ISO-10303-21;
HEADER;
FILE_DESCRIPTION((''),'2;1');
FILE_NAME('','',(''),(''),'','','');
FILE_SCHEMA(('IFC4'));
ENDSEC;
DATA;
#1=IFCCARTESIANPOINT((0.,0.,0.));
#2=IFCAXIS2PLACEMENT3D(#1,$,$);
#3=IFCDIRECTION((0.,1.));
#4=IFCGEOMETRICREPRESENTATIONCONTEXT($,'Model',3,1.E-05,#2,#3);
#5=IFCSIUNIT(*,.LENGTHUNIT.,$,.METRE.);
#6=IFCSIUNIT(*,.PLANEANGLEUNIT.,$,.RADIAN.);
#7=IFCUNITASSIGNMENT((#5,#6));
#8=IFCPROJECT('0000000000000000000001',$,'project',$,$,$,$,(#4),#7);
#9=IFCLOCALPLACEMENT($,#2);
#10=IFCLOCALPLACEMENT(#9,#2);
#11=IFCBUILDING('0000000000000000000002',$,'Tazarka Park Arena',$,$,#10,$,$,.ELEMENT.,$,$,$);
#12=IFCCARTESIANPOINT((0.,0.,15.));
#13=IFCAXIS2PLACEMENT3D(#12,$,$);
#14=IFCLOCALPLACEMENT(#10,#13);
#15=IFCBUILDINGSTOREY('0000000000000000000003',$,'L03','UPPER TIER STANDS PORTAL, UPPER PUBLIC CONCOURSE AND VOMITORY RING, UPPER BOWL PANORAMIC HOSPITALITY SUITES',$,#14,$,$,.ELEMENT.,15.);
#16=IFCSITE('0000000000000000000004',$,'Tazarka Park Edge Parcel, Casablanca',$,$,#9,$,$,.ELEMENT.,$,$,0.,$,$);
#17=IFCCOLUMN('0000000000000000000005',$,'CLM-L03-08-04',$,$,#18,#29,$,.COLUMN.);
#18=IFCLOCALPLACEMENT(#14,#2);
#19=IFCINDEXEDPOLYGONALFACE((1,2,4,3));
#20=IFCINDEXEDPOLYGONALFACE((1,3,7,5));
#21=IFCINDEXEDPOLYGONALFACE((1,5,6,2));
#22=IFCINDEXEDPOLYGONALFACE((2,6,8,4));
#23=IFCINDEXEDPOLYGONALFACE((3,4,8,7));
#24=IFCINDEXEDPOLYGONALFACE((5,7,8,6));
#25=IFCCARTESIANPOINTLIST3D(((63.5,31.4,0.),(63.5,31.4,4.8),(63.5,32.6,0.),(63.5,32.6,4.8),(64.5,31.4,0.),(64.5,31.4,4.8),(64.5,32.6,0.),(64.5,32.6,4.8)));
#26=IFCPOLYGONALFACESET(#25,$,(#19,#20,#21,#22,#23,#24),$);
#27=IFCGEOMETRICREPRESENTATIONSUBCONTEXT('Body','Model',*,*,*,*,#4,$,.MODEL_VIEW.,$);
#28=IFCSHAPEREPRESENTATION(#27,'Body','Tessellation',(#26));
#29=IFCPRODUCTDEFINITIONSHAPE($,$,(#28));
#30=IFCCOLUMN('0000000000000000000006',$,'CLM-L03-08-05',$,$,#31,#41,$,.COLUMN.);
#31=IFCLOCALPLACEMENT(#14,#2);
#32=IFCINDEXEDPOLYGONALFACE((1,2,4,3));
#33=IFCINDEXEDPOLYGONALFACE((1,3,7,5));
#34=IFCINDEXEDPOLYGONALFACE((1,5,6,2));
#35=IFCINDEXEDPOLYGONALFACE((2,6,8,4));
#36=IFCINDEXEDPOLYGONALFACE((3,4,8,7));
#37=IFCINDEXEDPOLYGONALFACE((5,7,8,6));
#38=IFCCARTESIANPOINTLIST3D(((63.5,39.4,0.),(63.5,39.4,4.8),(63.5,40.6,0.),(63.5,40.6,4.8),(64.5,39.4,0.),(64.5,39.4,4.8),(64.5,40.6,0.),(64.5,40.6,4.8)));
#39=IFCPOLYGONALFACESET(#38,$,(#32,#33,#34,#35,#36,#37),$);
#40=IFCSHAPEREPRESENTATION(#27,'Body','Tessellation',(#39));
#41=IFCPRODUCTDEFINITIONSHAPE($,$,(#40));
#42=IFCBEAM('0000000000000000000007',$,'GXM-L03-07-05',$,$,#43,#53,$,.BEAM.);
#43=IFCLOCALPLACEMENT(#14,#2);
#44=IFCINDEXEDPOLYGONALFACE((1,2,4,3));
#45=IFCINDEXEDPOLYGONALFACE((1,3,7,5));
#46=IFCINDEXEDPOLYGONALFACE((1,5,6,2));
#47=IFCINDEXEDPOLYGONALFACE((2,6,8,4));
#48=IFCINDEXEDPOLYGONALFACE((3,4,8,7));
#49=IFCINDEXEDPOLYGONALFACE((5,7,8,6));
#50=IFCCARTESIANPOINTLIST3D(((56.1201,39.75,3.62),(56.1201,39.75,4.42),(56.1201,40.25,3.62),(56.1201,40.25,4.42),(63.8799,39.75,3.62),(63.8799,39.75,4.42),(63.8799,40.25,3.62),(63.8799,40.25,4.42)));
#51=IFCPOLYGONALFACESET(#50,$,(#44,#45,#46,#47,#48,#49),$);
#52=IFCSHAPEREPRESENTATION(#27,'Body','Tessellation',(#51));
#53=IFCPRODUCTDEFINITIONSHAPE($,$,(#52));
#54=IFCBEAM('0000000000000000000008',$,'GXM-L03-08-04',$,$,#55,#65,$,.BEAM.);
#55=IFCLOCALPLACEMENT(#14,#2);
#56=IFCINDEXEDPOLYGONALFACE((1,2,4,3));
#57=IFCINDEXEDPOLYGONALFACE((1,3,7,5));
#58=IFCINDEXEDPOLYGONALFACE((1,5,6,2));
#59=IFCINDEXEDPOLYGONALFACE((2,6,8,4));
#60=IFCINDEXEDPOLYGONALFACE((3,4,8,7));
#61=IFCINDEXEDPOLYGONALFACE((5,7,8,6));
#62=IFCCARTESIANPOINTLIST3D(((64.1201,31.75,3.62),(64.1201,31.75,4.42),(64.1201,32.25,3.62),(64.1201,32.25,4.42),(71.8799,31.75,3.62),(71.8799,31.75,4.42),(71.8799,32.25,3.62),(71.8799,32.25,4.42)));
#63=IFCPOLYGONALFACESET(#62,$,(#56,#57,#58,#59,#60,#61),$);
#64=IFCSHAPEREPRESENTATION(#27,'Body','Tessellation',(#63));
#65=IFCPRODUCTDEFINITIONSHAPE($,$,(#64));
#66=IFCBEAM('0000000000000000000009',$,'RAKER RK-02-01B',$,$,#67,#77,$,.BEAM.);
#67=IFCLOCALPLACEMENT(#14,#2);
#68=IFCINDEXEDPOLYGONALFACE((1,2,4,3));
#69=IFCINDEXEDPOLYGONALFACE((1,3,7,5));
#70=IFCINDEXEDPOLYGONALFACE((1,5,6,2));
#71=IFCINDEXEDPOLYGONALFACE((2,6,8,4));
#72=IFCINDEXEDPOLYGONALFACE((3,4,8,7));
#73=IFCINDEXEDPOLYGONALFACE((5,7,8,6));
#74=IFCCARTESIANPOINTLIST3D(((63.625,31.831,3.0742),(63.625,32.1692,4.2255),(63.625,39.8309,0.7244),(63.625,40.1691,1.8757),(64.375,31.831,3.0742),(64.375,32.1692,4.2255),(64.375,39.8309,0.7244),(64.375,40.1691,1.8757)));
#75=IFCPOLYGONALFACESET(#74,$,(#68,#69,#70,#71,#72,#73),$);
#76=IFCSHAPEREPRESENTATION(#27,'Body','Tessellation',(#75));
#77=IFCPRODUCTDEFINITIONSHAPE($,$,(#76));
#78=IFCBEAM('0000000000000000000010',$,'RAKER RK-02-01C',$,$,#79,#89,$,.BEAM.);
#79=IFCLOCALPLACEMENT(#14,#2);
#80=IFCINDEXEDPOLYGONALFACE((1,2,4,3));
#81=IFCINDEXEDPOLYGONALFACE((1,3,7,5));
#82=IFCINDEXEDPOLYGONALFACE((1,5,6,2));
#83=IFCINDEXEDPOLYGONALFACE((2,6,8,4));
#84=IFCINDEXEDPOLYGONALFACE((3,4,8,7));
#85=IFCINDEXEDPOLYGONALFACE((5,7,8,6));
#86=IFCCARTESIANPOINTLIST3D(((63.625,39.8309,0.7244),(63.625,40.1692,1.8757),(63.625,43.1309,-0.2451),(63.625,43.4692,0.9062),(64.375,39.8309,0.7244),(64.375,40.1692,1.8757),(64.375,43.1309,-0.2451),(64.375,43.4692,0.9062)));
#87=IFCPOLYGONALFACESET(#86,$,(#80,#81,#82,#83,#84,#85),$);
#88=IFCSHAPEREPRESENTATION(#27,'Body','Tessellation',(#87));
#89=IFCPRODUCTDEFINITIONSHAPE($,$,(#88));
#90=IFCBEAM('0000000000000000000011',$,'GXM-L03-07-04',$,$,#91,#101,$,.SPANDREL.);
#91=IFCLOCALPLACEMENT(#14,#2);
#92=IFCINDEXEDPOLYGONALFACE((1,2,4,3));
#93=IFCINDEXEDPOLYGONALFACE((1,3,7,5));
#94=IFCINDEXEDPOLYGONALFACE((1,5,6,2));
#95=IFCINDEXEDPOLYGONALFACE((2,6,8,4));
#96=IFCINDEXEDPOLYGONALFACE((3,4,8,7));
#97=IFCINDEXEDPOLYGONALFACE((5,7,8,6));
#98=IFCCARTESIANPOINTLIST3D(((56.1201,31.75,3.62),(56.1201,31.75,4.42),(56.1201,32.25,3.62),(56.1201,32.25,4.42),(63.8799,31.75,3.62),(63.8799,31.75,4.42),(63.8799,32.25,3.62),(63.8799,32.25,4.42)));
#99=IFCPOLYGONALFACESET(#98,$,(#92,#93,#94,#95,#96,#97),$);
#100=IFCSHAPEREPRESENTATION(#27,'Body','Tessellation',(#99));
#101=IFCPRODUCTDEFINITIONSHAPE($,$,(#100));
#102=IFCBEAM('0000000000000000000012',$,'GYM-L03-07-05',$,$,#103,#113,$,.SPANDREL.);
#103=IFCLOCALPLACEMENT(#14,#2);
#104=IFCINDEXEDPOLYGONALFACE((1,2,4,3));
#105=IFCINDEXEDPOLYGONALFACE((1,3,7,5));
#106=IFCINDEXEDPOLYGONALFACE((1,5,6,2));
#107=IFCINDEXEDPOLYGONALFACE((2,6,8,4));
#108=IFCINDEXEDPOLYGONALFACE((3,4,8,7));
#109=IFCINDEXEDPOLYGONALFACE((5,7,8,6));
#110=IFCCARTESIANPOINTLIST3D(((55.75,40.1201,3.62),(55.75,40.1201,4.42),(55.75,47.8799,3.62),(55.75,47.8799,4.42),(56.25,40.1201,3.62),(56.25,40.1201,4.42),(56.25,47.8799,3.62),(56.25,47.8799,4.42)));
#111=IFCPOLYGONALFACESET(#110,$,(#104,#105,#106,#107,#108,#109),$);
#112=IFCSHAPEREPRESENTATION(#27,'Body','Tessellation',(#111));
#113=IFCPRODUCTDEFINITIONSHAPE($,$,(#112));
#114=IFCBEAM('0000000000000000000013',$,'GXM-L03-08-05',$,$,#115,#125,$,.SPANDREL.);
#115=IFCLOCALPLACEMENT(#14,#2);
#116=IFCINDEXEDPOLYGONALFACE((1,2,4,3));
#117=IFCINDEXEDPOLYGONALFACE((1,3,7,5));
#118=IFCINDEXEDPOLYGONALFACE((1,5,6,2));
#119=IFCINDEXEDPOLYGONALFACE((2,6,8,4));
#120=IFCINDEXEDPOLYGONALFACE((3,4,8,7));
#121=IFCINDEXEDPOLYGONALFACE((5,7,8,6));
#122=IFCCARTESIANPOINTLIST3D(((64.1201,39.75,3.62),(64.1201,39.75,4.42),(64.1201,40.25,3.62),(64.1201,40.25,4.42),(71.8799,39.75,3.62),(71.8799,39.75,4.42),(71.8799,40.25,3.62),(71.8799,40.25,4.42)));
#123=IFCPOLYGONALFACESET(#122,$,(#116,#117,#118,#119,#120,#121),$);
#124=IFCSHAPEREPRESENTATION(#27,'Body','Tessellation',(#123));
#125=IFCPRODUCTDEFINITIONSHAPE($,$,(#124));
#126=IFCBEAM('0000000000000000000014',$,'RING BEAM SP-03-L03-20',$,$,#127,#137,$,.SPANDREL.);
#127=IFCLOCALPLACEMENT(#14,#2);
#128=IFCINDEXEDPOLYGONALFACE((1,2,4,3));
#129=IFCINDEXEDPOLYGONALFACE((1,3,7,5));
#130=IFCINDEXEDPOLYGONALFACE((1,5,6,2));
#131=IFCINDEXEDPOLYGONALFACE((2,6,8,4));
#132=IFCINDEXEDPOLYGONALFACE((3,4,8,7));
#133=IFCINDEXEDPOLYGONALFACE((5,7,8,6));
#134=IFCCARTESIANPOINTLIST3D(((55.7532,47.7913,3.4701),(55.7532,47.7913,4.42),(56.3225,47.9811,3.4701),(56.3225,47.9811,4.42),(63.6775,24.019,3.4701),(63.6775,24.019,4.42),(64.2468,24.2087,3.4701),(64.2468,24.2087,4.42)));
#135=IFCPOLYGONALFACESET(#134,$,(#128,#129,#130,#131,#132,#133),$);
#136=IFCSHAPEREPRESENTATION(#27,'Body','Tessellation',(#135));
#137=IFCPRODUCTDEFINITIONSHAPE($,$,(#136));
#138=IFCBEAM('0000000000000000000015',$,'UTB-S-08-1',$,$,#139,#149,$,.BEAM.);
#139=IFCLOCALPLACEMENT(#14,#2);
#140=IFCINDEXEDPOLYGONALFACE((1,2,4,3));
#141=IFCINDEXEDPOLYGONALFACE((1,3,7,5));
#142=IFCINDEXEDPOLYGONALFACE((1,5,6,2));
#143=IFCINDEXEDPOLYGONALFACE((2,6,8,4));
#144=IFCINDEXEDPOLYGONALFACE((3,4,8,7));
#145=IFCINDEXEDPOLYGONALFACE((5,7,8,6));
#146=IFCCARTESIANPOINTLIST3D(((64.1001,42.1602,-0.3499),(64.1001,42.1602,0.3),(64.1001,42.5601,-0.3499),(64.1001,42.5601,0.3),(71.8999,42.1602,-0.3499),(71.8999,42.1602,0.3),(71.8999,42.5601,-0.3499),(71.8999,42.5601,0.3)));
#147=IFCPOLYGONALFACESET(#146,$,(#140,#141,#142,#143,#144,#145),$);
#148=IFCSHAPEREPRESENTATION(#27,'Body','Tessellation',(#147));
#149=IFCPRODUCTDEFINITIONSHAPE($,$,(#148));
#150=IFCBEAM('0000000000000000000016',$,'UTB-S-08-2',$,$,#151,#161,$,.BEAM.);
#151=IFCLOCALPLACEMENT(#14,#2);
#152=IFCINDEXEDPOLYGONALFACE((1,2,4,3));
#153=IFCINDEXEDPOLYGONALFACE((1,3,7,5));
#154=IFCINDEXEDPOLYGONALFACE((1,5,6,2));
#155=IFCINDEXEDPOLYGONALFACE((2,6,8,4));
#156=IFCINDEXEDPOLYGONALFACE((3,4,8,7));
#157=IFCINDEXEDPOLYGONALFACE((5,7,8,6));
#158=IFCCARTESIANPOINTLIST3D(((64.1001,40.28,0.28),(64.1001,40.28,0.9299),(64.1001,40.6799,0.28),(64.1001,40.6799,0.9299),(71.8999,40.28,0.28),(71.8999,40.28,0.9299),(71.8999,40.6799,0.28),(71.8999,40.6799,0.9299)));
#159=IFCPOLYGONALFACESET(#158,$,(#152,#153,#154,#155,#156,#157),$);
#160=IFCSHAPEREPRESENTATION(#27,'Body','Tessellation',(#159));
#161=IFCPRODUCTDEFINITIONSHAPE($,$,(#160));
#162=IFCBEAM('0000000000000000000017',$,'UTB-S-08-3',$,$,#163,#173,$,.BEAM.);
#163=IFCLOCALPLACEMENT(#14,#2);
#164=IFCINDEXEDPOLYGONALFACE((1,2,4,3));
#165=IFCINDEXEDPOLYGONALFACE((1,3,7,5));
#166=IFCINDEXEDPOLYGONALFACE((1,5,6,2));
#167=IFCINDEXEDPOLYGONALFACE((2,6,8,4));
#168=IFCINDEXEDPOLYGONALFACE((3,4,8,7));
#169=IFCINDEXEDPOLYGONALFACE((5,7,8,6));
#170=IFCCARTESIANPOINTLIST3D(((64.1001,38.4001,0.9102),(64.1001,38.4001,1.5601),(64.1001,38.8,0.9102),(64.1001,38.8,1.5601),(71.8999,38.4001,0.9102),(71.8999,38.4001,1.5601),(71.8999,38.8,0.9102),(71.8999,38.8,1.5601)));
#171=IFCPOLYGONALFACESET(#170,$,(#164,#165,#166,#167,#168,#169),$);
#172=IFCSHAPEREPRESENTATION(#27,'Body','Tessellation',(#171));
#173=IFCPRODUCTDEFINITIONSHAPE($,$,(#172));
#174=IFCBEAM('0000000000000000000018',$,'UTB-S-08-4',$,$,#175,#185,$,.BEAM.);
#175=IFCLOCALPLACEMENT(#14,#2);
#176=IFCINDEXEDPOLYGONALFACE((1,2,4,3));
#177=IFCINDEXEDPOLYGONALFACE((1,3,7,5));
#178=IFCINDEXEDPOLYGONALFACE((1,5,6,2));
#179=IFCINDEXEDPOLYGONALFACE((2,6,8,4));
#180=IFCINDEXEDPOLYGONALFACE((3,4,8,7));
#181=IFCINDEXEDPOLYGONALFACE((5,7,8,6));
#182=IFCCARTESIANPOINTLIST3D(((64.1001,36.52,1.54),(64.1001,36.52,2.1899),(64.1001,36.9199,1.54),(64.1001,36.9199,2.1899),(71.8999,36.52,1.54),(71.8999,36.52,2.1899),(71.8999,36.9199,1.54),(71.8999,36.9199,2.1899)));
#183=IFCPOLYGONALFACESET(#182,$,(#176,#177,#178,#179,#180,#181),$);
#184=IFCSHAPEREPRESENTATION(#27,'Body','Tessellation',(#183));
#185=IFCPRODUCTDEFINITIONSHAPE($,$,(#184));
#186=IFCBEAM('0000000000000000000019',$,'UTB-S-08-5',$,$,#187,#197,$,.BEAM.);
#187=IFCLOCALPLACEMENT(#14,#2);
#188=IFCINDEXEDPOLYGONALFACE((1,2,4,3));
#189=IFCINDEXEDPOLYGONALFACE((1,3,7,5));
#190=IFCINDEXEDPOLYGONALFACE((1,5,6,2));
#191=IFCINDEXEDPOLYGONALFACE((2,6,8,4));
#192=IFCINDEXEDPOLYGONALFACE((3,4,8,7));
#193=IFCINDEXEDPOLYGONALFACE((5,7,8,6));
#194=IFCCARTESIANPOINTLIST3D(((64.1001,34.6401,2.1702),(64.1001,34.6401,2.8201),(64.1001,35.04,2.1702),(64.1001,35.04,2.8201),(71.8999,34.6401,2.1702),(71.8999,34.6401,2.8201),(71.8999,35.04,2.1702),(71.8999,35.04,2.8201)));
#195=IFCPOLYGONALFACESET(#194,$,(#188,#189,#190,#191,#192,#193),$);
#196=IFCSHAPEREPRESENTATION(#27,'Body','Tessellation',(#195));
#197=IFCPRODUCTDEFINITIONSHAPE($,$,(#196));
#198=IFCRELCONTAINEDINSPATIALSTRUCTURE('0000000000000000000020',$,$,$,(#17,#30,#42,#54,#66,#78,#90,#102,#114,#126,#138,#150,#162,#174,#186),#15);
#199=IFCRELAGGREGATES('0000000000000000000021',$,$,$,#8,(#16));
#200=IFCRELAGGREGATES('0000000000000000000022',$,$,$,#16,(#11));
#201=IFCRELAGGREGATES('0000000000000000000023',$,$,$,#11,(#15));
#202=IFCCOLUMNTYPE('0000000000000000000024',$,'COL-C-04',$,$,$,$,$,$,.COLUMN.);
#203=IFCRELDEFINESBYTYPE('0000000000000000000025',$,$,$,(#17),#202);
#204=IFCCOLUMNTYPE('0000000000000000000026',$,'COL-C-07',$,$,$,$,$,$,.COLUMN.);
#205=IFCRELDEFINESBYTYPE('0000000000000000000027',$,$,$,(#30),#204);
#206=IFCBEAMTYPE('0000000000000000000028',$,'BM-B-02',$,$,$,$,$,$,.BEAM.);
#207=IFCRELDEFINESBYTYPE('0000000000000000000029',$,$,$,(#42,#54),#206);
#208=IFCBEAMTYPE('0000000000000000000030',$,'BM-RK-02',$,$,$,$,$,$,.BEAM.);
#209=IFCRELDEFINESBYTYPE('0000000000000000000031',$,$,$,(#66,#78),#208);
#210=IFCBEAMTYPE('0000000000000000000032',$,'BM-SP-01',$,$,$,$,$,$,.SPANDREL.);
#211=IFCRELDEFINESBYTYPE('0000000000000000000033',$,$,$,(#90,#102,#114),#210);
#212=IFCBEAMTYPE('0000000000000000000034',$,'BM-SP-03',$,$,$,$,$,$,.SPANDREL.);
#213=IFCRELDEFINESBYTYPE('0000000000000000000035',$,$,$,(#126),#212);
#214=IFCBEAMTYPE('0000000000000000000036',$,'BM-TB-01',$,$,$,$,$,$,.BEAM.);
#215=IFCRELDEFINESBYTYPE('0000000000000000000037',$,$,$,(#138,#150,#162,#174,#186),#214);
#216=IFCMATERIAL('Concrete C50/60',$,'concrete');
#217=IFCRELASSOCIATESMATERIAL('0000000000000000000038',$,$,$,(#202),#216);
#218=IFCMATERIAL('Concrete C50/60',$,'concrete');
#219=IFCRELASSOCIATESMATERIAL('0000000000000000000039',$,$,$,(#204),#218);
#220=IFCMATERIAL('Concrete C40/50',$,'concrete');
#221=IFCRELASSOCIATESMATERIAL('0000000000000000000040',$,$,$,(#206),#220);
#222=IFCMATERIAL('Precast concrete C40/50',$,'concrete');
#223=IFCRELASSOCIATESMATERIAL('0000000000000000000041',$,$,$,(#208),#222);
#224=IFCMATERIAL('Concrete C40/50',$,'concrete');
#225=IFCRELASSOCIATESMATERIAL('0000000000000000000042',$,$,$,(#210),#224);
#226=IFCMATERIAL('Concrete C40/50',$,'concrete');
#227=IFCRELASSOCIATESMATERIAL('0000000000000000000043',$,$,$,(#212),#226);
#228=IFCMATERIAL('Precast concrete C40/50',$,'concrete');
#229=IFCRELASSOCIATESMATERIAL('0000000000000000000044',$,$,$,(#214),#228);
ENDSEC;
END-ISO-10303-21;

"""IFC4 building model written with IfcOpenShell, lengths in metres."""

from ifc_helpers import new_model, si_unit, direction, frame, origin, origin_2d, place, context, subcontext, project, spatial, rectangle, extrude, material, material_profile, profile_set, type_object, element, save


model = new_model("IFC4")

# Units and contexts
model_context = context("Model", 3, precision=1e-05, world=origin(), true_north=direction((0.0, 1.0)))
body_context = subcontext(model_context, "Body", "Model", "MODEL_VIEW")
ifc_project = project(units=[si_unit("LENGTHUNIT", "METRE"), si_unit("PLANEANGLEUNIT", "RADIAN")], contexts=[model_context])

# Site, building, storey
site_placement = place(None, origin())
site = spatial("IfcSite", under=ifc_project, at=site_placement, Name="Tazarka Park Edge Parcel, Casablanca", CompositionType="ELEMENT", RefElevation=0.0)
building_placement = place(site_placement, origin())
building = spatial("IfcBuilding", under=site, at=building_placement, Name="Tazarka Park Arena", CompositionType="ELEMENT")
storey_placement = place(building_placement, frame((0.0, 0.0, 15.0)))
storey = spatial("IfcBuildingStorey", under=building, at=storey_placement, Name="L03", Description="UPPER TIER STANDS PORTAL, UPPER PUBLIC CONCOURSE AND VOMITORY RING, UPPER BOWL PANORAMIC HOSPITALITY SUITES", CompositionType="ELEMENT", Elevation=15.0)

# Columns
ifc_material_1 = material(Name="Concrete C50/60", Category="concrete")
ifc_material_profile_1 = material_profile(ifc_material_1, rectangle(XDim=1.0, YDim=1.2, at=origin_2d()), Name="Concrete C50/60")
ifc_profile_set_1 = profile_set([ifc_material_profile_1], Name="Concrete C50/60")
column_type_1 = type_object("IfcColumnType", Name="COL-C-04", PredefinedType="COLUMN", material=ifc_profile_set_1)
column_1_placement = place(storey_placement, frame((64.0, 32.0, 0.0), z_axis=(0.0, 0.0, 1.0), x_axis=(1.0, 0.0, 0.0)))
element("IfcColumn", 1, at=column_1_placement, inside=storey, type_object=column_type_1, Name="CLM-L03-08-04", PredefinedType="COLUMN", context=body_context, shape_type="SweptSolid", body=[
    extrude(rectangle(XDim=1.0, YDim=1.2, at=origin_2d()), origin(), (0.0, 0.0, 1.0), 4.8),
])
ifc_material_2 = material(Name="Concrete C50/60", Category="concrete")
ifc_material_profile_2 = material_profile(ifc_material_2, rectangle(XDim=1.0, YDim=1.2, at=origin_2d()), Name="Concrete C50/60")
ifc_profile_set_2 = profile_set([ifc_material_profile_2], Name="Concrete C50/60")
column_type_2 = type_object("IfcColumnType", Name="COL-C-07", PredefinedType="COLUMN", material=ifc_profile_set_2)
column_2_placement = place(storey_placement, frame((64.0, 40.0, 0.0), z_axis=(0.0, 0.0, 1.0), x_axis=(1.0, 0.0, 0.0)))
element("IfcColumn", 2, at=column_2_placement, inside=storey, type_object=column_type_2, Name="CLM-L03-08-05", PredefinedType="COLUMN", context=body_context, shape_type="SweptSolid", body=[
    extrude(rectangle(XDim=1.0, YDim=1.2, at=origin_2d()), origin(), (0.0, 0.0, 1.0), 4.8),
])

# Beams
ifc_material_3 = material(Name="Concrete C40/50", Category="concrete")
ifc_material_profile_3 = material_profile(ifc_material_3, rectangle(XDim=0.5, YDim=0.8, at=origin_2d()), Name="Concrete C40/50")
ifc_profile_set_3 = profile_set([ifc_material_profile_3], Name="Concrete C40/50")
beam_type_1 = type_object("IfcBeamType", Name="BM-B-02", PredefinedType="BEAM", material=ifc_profile_set_3)
for number, where, z_axis, x_axis, name in (
    (3, (56.1201, 40.0, 4.02), (1.0, 0.0, 0.0), (0.0, 1.0, 0.0), "GXM-L03-07-05"),
    (4, (64.1201, 32.0, 4.02), (1.0, 0.0, 0.0), (0.0, 1.0, 0.0), "GXM-L03-08-04"),
):
    element("IfcBeam", number, at=place(storey_placement, frame(where, z_axis=z_axis, x_axis=x_axis)), inside=storey, type_object=beam_type_1, Name=name, PredefinedType="BEAM", context=body_context, shape_type="SweptSolid", body=[
        extrude(rectangle(XDim=0.5, YDim=0.8, at=origin_2d()), origin(), (0.0, 0.0, 1.0), 7.7598),
    ])
ifc_material_4 = material(Name="Precast concrete C40/50", Category="concrete")
ifc_material_profile_4 = material_profile(ifc_material_4, rectangle(XDim=0.75, YDim=1.2, at=origin_2d()), Name="Precast concrete C40/50")
ifc_profile_set_4 = profile_set([ifc_material_profile_4], Name="Precast concrete C40/50")
beam_type_2 = type_object("IfcBeamType", Name="BM-RK-02", PredefinedType="BEAM", material=ifc_profile_set_4)
beam_1_placement = place(storey_placement, frame((64.0, 40.0, 1.3), z_axis=(0.0, -0.959466, 0.281825), x_axis=(1.0, 0.0, 0.0)))
element("IfcBeam", 5, at=beam_1_placement, inside=storey, type_object=beam_type_2, Name="RAKER RK-02-01B", PredefinedType="BEAM", context=body_context, shape_type="SweptSolid", body=[
    extrude(rectangle(XDim=0.75, YDim=1.2, at=origin_2d()), origin(), (0.0, 0.0, 1.0), 8.3379),
])
beam_2_placement = place(storey_placement, frame((64.0, 43.3, 0.3306), z_axis=(0.0, -0.959454, 0.281867), x_axis=(1.0, 0.0, 0.0)))
element("IfcBeam", 6, at=beam_2_placement, inside=storey, type_object=beam_type_2, Name="RAKER RK-02-01C", PredefinedType="BEAM", context=body_context, shape_type="SweptSolid", body=[
    extrude(rectangle(XDim=0.75, YDim=1.2, at=origin_2d()), origin(), (0.0, 0.0, 1.0), 3.4395),
])
ifc_material_5 = material(Name="Concrete C40/50", Category="concrete")
ifc_material_profile_5 = material_profile(ifc_material_5, rectangle(XDim=0.5, YDim=0.8, at=origin_2d()), Name="Concrete C40/50")
ifc_profile_set_5 = profile_set([ifc_material_profile_5], Name="Concrete C40/50")
beam_type_3 = type_object("IfcBeamType", Name="BM-SP-01", PredefinedType="SPANDREL", material=ifc_profile_set_5)
for number, where, z_axis, x_axis, name in (
    (7, (56.1201, 32.0, 4.02), (1.0, 0.0, 0.0), (0.0, 1.0, 0.0), "GXM-L03-07-04"),
    (8, (56.0, 40.1201, 4.02), (0.0, 1.0, 0.0), (-1.0, 0.0, 0.0), "GYM-L03-07-05"),
    (9, (64.1201, 40.0, 4.02), (1.0, 0.0, 0.0), (0.0, 1.0, 0.0), "GXM-L03-08-05"),
):
    element("IfcBeam", number, at=place(storey_placement, frame(where, z_axis=z_axis, x_axis=x_axis)), inside=storey, type_object=beam_type_3, Name=name, PredefinedType="SPANDREL", context=body_context, shape_type="SweptSolid", body=[
        extrude(rectangle(XDim=0.5, YDim=0.8, at=origin_2d()), origin(), (0.0, 0.0, 1.0), 7.7598),
    ])
ifc_material_6 = material(Name="Concrete C40/50", Category="concrete")
ifc_material_profile_6 = material_profile(ifc_material_6, rectangle(XDim=0.6001, YDim=0.95, at=origin_2d()), Name="Concrete C40/50")
ifc_profile_set_6 = profile_set([ifc_material_profile_6], Name="Concrete C40/50")
beam_type_4 = type_object("IfcBeamType", Name="BM-SP-03", PredefinedType="SPANDREL", material=ifc_profile_set_6)
beam_3_placement = place(storey_placement, frame((56.0378, 47.8862, 3.9451), z_axis=(0.316234, -0.948681, 0.0), x_axis=(0.948681, 0.316234, 0.0)))
element("IfcBeam", 10, at=beam_3_placement, inside=storey, type_object=beam_type_4, Name="RING BEAM SP-03-L03-20", PredefinedType="SPANDREL", context=body_context, shape_type="SweptSolid", body=[
    extrude(rectangle(XDim=0.6001, YDim=0.95, at=origin_2d()), origin(), (0.0, 0.0, 1.0), 25.0583),
])
ifc_material_7 = material(Name="Precast concrete C40/50", Category="concrete")
ifc_material_profile_7 = material_profile(ifc_material_7, rectangle(XDim=0.3999, YDim=0.6499, at=origin_2d()), Name="Precast concrete C40/50")
ifc_profile_set_7 = profile_set([ifc_material_profile_7], Name="Precast concrete C40/50")
beam_type_5 = type_object("IfcBeamType", Name="BM-TB-01", PredefinedType="BEAM", material=ifc_profile_set_7)
for number, where, z_axis, x_axis, name in (
    (11, (64.1001, 42.3601, -0.0249), (1.0, 0.0, 0.0), (0.0, 1.0, 0.0), "UTB-S-08-1"),
    (12, (64.1001, 40.48, 0.605), (1.0, 0.0, 0.0), (0.0, 1.0, 0.0), "UTB-S-08-2"),
    (13, (64.1001, 38.6001, 1.2351), (1.0, 0.0, 0.0), (0.0, 1.0, 0.0), "UTB-S-08-3"),
    (14, (64.1001, 36.72, 1.865), (1.0, 0.0, 0.0), (0.0, 1.0, 0.0), "UTB-S-08-4"),
    (15, (64.1001, 34.8401, 2.4951), (1.0, 0.0, 0.0), (0.0, 1.0, 0.0), "UTB-S-08-5"),
):
    element("IfcBeam", number, at=place(storey_placement, frame(where, z_axis=z_axis, x_axis=x_axis)), inside=storey, type_object=beam_type_5, Name=name, PredefinedType="BEAM", context=body_context, shape_type="SweptSolid", body=[
        extrude(rectangle(XDim=0.3999, YDim=0.6499, at=origin_2d()), origin(), (0.0, 0.0, 1.0), 7.7998),
    ])

save(model, "model.ifc")
